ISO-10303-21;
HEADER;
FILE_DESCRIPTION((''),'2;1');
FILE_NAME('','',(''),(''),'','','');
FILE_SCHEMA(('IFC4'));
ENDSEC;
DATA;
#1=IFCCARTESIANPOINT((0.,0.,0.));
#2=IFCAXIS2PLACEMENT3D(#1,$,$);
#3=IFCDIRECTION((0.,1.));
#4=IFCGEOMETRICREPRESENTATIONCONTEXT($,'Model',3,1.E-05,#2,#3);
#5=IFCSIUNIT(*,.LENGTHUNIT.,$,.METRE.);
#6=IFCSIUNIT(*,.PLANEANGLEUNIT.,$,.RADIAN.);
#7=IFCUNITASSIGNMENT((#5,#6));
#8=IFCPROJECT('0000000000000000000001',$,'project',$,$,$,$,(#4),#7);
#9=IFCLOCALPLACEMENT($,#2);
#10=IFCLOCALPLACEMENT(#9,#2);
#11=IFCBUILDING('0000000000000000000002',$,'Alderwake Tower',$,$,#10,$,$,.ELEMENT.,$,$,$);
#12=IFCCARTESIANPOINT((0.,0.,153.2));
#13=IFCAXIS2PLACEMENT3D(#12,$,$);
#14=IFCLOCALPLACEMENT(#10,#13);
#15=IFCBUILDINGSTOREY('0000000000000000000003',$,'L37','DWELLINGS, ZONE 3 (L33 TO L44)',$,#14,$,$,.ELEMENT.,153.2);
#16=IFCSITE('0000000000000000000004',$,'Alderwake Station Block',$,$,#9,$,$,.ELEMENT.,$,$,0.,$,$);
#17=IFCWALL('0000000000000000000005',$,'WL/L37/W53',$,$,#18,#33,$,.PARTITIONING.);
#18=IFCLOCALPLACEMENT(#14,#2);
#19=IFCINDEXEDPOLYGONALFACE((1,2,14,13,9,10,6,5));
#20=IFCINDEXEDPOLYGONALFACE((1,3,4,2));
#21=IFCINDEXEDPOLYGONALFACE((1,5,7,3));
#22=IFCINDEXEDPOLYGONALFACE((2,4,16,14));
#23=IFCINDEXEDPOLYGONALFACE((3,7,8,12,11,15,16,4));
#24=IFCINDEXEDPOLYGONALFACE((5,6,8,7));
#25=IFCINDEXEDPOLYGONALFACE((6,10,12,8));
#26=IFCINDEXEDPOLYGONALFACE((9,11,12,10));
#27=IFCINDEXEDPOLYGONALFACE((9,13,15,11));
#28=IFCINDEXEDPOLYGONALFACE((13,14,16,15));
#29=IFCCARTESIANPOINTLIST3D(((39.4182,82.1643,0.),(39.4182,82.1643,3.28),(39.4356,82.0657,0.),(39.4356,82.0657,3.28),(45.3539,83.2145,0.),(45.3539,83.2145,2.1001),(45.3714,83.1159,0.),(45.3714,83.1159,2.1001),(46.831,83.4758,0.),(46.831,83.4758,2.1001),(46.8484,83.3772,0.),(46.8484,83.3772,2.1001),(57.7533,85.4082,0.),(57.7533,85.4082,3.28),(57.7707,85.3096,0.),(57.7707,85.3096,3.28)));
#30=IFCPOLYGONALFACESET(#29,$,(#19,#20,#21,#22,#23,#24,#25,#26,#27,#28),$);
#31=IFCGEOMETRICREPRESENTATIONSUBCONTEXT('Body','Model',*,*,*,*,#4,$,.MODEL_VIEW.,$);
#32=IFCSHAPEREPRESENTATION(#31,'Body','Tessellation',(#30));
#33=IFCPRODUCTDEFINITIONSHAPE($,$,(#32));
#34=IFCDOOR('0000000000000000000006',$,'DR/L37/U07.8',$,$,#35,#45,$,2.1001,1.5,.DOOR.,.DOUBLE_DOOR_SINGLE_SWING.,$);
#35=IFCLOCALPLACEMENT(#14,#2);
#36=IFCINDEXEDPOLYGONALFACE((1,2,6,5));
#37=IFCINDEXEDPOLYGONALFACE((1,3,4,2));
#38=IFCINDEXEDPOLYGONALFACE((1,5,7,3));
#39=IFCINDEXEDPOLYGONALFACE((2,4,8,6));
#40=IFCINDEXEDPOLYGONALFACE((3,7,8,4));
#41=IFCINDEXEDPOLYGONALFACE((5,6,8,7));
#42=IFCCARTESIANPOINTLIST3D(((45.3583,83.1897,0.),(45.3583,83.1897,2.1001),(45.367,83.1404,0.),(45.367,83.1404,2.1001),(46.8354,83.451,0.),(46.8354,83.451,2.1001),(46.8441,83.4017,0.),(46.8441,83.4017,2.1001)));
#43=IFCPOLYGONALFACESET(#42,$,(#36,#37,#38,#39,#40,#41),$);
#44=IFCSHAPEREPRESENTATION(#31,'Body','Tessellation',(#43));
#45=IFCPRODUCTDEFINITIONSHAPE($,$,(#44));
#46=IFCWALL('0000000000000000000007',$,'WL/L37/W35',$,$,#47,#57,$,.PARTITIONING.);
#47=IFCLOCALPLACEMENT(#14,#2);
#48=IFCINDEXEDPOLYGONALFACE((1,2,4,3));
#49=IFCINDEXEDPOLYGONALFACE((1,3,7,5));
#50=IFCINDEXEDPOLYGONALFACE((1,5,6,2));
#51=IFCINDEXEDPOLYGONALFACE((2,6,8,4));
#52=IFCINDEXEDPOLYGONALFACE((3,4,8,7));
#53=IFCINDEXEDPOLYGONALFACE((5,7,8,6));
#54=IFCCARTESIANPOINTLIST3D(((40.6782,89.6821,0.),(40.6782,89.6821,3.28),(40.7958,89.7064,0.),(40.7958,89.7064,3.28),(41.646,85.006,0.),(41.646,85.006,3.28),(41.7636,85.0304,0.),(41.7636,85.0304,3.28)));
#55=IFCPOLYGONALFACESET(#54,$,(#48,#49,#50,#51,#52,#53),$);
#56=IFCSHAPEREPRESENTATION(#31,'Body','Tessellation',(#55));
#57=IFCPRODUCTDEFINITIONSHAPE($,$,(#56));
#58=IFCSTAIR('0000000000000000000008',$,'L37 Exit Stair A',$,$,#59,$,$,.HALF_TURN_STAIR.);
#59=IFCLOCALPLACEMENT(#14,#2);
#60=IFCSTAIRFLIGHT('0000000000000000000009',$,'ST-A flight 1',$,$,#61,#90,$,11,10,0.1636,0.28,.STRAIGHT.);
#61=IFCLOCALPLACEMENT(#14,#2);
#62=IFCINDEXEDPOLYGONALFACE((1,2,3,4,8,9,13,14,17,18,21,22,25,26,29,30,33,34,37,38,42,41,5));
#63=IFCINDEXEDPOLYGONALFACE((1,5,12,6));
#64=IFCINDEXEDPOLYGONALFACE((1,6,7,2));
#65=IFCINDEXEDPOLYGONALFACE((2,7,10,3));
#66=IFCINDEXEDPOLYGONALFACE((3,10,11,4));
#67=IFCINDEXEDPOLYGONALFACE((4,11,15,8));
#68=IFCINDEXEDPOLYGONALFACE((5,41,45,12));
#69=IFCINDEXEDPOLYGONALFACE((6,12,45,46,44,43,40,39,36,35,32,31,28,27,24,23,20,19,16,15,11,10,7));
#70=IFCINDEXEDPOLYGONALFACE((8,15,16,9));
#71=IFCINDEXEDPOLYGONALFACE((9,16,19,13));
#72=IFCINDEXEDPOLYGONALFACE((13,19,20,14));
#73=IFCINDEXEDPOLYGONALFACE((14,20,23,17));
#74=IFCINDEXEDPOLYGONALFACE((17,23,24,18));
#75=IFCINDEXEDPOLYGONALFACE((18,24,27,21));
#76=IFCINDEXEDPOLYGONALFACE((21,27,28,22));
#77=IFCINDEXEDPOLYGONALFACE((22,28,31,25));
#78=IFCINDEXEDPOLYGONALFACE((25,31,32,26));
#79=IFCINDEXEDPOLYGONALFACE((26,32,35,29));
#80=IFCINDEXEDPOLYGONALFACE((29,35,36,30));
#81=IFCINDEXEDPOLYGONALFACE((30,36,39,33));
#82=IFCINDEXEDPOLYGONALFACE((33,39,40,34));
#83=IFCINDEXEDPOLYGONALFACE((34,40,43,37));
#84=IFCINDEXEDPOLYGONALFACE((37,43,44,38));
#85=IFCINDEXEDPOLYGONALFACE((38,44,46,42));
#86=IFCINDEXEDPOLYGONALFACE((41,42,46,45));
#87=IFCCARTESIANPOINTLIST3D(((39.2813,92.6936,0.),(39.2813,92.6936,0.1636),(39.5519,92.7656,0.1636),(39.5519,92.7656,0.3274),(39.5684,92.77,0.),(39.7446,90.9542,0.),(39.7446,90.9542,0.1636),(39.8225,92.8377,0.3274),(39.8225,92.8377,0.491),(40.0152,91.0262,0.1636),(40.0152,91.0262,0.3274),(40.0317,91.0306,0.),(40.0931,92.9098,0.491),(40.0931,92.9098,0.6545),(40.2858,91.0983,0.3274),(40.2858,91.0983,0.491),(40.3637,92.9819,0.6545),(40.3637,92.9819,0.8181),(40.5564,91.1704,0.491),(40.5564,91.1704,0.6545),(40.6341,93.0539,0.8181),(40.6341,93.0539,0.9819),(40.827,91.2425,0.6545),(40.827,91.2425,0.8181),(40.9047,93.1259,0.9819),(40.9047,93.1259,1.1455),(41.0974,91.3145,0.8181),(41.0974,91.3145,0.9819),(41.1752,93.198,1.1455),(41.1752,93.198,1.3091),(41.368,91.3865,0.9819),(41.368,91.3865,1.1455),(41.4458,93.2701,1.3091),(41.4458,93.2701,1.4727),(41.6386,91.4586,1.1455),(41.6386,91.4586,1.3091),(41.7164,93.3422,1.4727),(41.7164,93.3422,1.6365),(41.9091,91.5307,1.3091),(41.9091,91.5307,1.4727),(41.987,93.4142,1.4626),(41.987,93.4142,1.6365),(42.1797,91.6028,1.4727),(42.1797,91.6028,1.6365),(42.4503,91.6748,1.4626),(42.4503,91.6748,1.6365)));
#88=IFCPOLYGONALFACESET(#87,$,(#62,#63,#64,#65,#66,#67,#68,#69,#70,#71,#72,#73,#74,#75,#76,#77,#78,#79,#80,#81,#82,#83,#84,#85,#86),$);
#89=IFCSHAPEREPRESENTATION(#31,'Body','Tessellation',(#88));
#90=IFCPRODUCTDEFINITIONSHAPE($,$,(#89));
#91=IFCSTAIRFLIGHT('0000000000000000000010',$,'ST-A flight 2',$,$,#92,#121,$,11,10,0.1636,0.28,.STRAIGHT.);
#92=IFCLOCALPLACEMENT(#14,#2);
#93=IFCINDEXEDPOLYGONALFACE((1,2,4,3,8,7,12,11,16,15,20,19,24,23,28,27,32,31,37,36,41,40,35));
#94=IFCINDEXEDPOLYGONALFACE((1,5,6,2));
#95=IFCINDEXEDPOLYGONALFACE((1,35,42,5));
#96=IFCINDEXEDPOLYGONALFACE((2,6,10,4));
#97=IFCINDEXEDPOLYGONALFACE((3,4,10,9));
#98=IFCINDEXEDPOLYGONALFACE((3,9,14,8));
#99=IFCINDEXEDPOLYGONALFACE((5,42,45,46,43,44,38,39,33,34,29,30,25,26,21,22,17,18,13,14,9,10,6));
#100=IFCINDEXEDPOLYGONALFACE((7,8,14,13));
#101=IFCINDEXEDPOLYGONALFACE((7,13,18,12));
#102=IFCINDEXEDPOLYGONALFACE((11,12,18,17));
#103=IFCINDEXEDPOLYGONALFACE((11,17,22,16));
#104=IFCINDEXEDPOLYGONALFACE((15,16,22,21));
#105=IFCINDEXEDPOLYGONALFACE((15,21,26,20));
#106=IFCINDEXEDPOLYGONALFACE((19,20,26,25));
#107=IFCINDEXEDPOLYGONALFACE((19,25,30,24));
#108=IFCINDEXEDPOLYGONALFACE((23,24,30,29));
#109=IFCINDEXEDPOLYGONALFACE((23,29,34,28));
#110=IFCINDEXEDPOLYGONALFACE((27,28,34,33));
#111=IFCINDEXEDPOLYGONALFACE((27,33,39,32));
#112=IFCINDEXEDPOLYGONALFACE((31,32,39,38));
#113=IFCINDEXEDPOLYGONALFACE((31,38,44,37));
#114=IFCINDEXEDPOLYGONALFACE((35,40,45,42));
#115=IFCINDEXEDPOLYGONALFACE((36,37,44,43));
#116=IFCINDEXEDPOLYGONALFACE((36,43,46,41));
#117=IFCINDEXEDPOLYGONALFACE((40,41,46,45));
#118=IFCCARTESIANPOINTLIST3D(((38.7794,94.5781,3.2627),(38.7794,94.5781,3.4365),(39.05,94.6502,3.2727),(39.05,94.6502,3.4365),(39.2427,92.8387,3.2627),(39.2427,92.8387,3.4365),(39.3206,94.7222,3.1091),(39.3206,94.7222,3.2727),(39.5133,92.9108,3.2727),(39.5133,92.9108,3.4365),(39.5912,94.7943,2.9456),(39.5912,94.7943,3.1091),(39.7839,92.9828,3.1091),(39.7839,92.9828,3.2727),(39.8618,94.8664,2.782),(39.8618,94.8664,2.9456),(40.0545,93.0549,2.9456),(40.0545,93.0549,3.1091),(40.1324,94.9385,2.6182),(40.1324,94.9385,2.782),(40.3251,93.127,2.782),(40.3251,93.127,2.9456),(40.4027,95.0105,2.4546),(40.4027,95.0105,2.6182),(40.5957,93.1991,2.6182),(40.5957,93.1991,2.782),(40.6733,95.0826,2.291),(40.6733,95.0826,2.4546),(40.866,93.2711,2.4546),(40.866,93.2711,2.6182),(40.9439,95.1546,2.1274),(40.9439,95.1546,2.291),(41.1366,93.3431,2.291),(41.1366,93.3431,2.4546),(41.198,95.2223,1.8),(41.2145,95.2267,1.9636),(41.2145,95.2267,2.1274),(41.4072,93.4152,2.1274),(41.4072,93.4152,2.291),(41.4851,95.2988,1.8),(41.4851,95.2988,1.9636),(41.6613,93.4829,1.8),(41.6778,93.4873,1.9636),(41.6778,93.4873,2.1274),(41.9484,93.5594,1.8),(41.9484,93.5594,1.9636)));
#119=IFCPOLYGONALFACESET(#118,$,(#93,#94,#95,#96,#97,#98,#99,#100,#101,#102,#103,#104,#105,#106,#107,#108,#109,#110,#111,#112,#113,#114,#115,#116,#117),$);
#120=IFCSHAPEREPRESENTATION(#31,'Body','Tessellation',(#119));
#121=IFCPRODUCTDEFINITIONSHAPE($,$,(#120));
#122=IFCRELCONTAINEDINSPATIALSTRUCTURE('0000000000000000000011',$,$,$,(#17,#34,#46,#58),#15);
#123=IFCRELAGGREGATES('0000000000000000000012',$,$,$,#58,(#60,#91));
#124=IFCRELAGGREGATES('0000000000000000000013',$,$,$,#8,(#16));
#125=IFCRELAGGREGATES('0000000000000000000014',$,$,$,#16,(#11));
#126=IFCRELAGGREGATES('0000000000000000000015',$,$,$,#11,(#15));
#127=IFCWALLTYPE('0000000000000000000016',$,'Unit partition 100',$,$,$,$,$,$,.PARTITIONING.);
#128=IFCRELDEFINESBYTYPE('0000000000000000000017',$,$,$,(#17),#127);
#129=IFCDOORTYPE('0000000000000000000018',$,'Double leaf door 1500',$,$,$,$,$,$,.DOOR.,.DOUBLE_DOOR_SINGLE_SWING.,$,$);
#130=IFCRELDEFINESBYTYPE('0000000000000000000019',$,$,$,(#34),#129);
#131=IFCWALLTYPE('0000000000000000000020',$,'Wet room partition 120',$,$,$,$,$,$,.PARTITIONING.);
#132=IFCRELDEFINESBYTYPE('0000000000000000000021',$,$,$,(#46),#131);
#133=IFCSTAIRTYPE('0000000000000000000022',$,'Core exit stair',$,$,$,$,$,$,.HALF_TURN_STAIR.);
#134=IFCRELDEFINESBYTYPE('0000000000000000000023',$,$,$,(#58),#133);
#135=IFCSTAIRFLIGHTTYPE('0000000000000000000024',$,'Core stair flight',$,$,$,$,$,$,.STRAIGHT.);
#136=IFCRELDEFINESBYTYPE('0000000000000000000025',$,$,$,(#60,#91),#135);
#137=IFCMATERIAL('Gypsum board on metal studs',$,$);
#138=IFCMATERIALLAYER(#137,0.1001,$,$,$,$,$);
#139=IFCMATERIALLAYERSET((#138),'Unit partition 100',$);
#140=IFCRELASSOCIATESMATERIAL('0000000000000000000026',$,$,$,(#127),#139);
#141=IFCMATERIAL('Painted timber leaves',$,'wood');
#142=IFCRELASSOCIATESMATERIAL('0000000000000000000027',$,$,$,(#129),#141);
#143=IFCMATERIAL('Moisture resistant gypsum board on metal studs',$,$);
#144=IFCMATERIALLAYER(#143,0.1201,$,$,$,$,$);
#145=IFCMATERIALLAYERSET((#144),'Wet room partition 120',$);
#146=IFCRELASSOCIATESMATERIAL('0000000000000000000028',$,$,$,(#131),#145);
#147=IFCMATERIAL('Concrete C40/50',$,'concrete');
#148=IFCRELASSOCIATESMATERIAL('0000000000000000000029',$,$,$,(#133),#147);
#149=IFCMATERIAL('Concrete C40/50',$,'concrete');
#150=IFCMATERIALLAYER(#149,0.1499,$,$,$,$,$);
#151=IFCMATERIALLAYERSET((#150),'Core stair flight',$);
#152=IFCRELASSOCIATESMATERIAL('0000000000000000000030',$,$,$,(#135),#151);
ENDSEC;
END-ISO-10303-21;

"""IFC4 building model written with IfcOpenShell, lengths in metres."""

from ifc_helpers import new_model, si_unit, direction, frame, frame_2d, origin, place, context, subcontext, project, spatial, polyline, rectangle, outline, extrude, material, layer, layer_set, type_object, element, fill, aggregate, save


model = new_model("IFC4")

# Units and contexts
model_context = context("Model", 3, precision=1e-05, world=origin(), true_north=direction((0.0, 1.0)))
body_context = subcontext(model_context, "Body", "Model", "MODEL_VIEW")
ifc_project = project(units=[si_unit("LENGTHUNIT", "METRE"), si_unit("PLANEANGLEUNIT", "RADIAN")], contexts=[model_context])

# Site, building, storey
site_placement = place(None, origin())
site = spatial("IfcSite", under=ifc_project, at=site_placement, Name="Alderwake Station Block", CompositionType="ELEMENT", RefElevation=0.0)
building_placement = place(site_placement, origin())
building = spatial("IfcBuilding", under=site, at=building_placement, Name="Alderwake Tower", CompositionType="ELEMENT")
storey_placement = place(building_placement, frame((0.0, 0.0, 153.2)))
storey = spatial("IfcBuildingStorey", under=building, at=storey_placement, Name="L37", Description="DWELLINGS, ZONE 3 (L33 TO L44)", CompositionType="ELEMENT", Elevation=153.2)

# Shared definitions
ifc_material_1 = material(Name="Gypsum board on metal studs")
ifc_layer_1 = layer(ifc_material_1, 0.1001)
ifc_layer_set_1 = layer_set([ifc_layer_1], Name="Unit partition 100")
wall_type_1 = type_object("IfcWallType", Name="Unit partition 100", PredefinedType="PARTITIONING", material=ifc_layer_set_1)

# Wall, opening, door
wall_1_placement = place(storey_placement, frame((39.4268, 82.115, 0.0), z_axis=(0.0, 0.0, 1.0), x_axis=(0.984707, 0.174216, 0.0)))
wall_1 = element("IfcWall", 1, at=wall_1_placement, inside=storey, type_object=wall_type_1, Name="WL/L37/W53", PredefinedType="PARTITIONING", context=body_context, shape_type="SweptSolid", body=[
    extrude(rectangle(XDim=18.6199, YDim=0.1001, at=frame_2d((9.3101, 0.0))), origin(), (0.0, 0.0, 1.0), 3.28),
])
opening_1_placement = place(wall_1_placement, frame((6.0281, 0.0, 0.0)))
opening_1 = element("IfcOpeningElement", 2, at=opening_1_placement, cuts=wall_1, PredefinedType="OPENING", context=body_context, shape_type="SweptSolid", body=[
    extrude(rectangle(XDim=1.5, YDim=2.1001, at=frame_2d((0.75, 1.05))), frame((0.0, 0.0601, 0.0), z_axis=(0.0, -1.0, 0.0), x_axis=(1.0, 0.0, 0.0)), (0.0, 0.0, 1.0), 0.1201),
])
ifc_material_2 = material(Name="Painted timber leaves", Category="wood")
door_type = type_object("IfcDoorType", Name="Double leaf door 1500", OperationType="DOUBLE_DOOR_SINGLE_SWING", PredefinedType="DOOR", material=ifc_material_2)
door_placement = place(opening_1_placement, origin())
door = element("IfcDoor", 3, at=door_placement, inside=storey, type_object=door_type, Name="DR/L37/U07.8", OperationType="DOUBLE_DOOR_SINGLE_SWING", OverallHeight=2.1001, OverallWidth=1.5, PredefinedType="DOOR", context=body_context, shape_type="SweptSolid", body=[
    extrude(rectangle(XDim=1.5, YDim=2.1001, at=frame_2d((0.75, 1.05))), frame((0.0, 0.0249, 0.0), z_axis=(0.0, -1.0, 0.0), x_axis=(1.0, 0.0, 0.0)), (0.0, 0.0, 1.0), 0.05),
])
fill(opening_1, door)

# Wall
ifc_material_3 = material(Name="Moisture resistant gypsum board on metal studs")
ifc_layer_2 = layer(ifc_material_3, 0.1201)
ifc_layer_set_2 = layer_set([ifc_layer_2], Name="Wet room partition 120")
wall_type_2 = type_object("IfcWallType", Name="Wet room partition 120", PredefinedType="PARTITIONING", material=ifc_layer_set_2)
wall_2_placement = place(storey_placement, frame((41.7048, 85.0181, 0.0), z_axis=(0.0, 0.0, 1.0), x_axis=(-0.20267, 0.979247, 0.0)))
element("IfcWall", 4, at=wall_2_placement, inside=storey, type_object=wall_type_2, Name="WL/L37/W35", PredefinedType="PARTITIONING", context=body_context, shape_type="SweptSolid", body=[
    extrude(rectangle(XDim=4.7751, YDim=0.1201, at=frame_2d((2.3877, 0.0))), origin(), (0.0, 0.0, 1.0), 3.28),
])

# Stair, stair flights
ifc_material_4 = material(Name="Concrete C40/50", Category="concrete")
stair_type = type_object("IfcStairType", Name="Core exit stair", PredefinedType="HALF_TURN_STAIR", material=ifc_material_4)
stair_placement = place(storey_placement, origin())
stair = element("IfcStair", 5, at=stair_placement, inside=storey, type_object=stair_type, Name="L37 Exit Stair A", PredefinedType="HALF_TURN_STAIR")
ifc_material_5 = material(Name="Concrete C40/50", Category="concrete")
ifc_layer_3 = layer(ifc_material_5, 0.1499)
ifc_layer_set_3 = layer_set([ifc_layer_3], Name="Core stair flight")
stair_flight_type = type_object("IfcStairFlightType", Name="Core stair flight", PredefinedType="STRAIGHT", material=ifc_layer_set_3)
stair_flight_1_placement = place(storey_placement, frame((39.5129, 91.824, 0.0), z_axis=(0.0, 0.0, 1.0), x_axis=(0.96631, 0.257382, 0.0)))
stair_flight_1 = element("IfcStairFlight", 6, at=stair_flight_1_placement, type_object=stair_flight_type, Name="ST-A flight 1", NumberOfRisers=11, NumberOfTreads=10, PredefinedType="STRAIGHT", RiserHeight=0.1636, TreadLength=0.28, context=body_context, shape_type="SweptSolid", body=[
    extrude(outline(polyline([(0.0, 0.0), (0.0, 0.1636), (0.28, 0.1636), (0.28, 0.3274), (0.5601, 0.3274), (0.5601, 0.491), (0.8401, 0.491), (0.8401, 0.6545), (1.1201, 0.6545), (1.1201, 0.8181), (1.3999, 0.8181), (1.3999, 0.9819), (1.6799, 0.9819), (1.6799, 1.1455), (1.96, 1.1455), (1.96, 1.3091), (2.24, 1.3091), (2.24, 1.4727), (2.52, 1.4727), (2.52, 1.6365), (2.8, 1.6365), (2.8, 1.8), (2.8, 1.4626), (0.2971, 0.0), (0.0, 0.0)])), frame((0.0, 0.8999, 0.0), z_axis=(0.0, -1.0, 0.0), x_axis=(1.0, 0.0, 0.0)), (0.0, 0.0, 1.0), 1.8),
])
stair_flight_2_placement = place(storey_placement, frame((41.7168, 94.429, 1.8), z_axis=(0.0, 0.0, 1.0), x_axis=(-0.96631, -0.257382, 0.0)))
stair_flight_2 = element("IfcStairFlight", 7, at=stair_flight_2_placement, type_object=stair_flight_type, Name="ST-A flight 2", NumberOfRisers=11, NumberOfTreads=10, PredefinedType="STRAIGHT", RiserHeight=0.1636, TreadLength=0.28, context=body_context, shape_type="SweptSolid", body=[
    extrude(outline(polyline([(0.0, 0.0), (0.0, 0.1636), (0.28, 0.1636), (0.28, 0.3274), (0.5601, 0.3274), (0.5601, 0.491), (0.8401, 0.491), (0.8401, 0.6545), (1.1201, 0.6545), (1.1201, 0.8181), (1.3999, 0.8181), (1.3999, 0.9819), (1.6799, 0.9819), (1.6799, 1.1455), (1.96, 1.1455), (1.96, 1.3091), (2.24, 1.3091), (2.24, 1.4727), (2.52, 1.4727), (2.52, 1.6365), (2.8, 1.6365), (2.8, 1.8), (2.8, 1.4626), (0.2971, 0.0), (0.0, 0.0)])), frame((0.0, 0.8999, 0.0), z_axis=(0.0, -1.0, 0.0), x_axis=(1.0, 0.0, 0.0)), (0.0, 0.0, 1.0), 1.8),
])
aggregate(stair, [stair_flight_1, stair_flight_2])

save(model, "model.ifc")
